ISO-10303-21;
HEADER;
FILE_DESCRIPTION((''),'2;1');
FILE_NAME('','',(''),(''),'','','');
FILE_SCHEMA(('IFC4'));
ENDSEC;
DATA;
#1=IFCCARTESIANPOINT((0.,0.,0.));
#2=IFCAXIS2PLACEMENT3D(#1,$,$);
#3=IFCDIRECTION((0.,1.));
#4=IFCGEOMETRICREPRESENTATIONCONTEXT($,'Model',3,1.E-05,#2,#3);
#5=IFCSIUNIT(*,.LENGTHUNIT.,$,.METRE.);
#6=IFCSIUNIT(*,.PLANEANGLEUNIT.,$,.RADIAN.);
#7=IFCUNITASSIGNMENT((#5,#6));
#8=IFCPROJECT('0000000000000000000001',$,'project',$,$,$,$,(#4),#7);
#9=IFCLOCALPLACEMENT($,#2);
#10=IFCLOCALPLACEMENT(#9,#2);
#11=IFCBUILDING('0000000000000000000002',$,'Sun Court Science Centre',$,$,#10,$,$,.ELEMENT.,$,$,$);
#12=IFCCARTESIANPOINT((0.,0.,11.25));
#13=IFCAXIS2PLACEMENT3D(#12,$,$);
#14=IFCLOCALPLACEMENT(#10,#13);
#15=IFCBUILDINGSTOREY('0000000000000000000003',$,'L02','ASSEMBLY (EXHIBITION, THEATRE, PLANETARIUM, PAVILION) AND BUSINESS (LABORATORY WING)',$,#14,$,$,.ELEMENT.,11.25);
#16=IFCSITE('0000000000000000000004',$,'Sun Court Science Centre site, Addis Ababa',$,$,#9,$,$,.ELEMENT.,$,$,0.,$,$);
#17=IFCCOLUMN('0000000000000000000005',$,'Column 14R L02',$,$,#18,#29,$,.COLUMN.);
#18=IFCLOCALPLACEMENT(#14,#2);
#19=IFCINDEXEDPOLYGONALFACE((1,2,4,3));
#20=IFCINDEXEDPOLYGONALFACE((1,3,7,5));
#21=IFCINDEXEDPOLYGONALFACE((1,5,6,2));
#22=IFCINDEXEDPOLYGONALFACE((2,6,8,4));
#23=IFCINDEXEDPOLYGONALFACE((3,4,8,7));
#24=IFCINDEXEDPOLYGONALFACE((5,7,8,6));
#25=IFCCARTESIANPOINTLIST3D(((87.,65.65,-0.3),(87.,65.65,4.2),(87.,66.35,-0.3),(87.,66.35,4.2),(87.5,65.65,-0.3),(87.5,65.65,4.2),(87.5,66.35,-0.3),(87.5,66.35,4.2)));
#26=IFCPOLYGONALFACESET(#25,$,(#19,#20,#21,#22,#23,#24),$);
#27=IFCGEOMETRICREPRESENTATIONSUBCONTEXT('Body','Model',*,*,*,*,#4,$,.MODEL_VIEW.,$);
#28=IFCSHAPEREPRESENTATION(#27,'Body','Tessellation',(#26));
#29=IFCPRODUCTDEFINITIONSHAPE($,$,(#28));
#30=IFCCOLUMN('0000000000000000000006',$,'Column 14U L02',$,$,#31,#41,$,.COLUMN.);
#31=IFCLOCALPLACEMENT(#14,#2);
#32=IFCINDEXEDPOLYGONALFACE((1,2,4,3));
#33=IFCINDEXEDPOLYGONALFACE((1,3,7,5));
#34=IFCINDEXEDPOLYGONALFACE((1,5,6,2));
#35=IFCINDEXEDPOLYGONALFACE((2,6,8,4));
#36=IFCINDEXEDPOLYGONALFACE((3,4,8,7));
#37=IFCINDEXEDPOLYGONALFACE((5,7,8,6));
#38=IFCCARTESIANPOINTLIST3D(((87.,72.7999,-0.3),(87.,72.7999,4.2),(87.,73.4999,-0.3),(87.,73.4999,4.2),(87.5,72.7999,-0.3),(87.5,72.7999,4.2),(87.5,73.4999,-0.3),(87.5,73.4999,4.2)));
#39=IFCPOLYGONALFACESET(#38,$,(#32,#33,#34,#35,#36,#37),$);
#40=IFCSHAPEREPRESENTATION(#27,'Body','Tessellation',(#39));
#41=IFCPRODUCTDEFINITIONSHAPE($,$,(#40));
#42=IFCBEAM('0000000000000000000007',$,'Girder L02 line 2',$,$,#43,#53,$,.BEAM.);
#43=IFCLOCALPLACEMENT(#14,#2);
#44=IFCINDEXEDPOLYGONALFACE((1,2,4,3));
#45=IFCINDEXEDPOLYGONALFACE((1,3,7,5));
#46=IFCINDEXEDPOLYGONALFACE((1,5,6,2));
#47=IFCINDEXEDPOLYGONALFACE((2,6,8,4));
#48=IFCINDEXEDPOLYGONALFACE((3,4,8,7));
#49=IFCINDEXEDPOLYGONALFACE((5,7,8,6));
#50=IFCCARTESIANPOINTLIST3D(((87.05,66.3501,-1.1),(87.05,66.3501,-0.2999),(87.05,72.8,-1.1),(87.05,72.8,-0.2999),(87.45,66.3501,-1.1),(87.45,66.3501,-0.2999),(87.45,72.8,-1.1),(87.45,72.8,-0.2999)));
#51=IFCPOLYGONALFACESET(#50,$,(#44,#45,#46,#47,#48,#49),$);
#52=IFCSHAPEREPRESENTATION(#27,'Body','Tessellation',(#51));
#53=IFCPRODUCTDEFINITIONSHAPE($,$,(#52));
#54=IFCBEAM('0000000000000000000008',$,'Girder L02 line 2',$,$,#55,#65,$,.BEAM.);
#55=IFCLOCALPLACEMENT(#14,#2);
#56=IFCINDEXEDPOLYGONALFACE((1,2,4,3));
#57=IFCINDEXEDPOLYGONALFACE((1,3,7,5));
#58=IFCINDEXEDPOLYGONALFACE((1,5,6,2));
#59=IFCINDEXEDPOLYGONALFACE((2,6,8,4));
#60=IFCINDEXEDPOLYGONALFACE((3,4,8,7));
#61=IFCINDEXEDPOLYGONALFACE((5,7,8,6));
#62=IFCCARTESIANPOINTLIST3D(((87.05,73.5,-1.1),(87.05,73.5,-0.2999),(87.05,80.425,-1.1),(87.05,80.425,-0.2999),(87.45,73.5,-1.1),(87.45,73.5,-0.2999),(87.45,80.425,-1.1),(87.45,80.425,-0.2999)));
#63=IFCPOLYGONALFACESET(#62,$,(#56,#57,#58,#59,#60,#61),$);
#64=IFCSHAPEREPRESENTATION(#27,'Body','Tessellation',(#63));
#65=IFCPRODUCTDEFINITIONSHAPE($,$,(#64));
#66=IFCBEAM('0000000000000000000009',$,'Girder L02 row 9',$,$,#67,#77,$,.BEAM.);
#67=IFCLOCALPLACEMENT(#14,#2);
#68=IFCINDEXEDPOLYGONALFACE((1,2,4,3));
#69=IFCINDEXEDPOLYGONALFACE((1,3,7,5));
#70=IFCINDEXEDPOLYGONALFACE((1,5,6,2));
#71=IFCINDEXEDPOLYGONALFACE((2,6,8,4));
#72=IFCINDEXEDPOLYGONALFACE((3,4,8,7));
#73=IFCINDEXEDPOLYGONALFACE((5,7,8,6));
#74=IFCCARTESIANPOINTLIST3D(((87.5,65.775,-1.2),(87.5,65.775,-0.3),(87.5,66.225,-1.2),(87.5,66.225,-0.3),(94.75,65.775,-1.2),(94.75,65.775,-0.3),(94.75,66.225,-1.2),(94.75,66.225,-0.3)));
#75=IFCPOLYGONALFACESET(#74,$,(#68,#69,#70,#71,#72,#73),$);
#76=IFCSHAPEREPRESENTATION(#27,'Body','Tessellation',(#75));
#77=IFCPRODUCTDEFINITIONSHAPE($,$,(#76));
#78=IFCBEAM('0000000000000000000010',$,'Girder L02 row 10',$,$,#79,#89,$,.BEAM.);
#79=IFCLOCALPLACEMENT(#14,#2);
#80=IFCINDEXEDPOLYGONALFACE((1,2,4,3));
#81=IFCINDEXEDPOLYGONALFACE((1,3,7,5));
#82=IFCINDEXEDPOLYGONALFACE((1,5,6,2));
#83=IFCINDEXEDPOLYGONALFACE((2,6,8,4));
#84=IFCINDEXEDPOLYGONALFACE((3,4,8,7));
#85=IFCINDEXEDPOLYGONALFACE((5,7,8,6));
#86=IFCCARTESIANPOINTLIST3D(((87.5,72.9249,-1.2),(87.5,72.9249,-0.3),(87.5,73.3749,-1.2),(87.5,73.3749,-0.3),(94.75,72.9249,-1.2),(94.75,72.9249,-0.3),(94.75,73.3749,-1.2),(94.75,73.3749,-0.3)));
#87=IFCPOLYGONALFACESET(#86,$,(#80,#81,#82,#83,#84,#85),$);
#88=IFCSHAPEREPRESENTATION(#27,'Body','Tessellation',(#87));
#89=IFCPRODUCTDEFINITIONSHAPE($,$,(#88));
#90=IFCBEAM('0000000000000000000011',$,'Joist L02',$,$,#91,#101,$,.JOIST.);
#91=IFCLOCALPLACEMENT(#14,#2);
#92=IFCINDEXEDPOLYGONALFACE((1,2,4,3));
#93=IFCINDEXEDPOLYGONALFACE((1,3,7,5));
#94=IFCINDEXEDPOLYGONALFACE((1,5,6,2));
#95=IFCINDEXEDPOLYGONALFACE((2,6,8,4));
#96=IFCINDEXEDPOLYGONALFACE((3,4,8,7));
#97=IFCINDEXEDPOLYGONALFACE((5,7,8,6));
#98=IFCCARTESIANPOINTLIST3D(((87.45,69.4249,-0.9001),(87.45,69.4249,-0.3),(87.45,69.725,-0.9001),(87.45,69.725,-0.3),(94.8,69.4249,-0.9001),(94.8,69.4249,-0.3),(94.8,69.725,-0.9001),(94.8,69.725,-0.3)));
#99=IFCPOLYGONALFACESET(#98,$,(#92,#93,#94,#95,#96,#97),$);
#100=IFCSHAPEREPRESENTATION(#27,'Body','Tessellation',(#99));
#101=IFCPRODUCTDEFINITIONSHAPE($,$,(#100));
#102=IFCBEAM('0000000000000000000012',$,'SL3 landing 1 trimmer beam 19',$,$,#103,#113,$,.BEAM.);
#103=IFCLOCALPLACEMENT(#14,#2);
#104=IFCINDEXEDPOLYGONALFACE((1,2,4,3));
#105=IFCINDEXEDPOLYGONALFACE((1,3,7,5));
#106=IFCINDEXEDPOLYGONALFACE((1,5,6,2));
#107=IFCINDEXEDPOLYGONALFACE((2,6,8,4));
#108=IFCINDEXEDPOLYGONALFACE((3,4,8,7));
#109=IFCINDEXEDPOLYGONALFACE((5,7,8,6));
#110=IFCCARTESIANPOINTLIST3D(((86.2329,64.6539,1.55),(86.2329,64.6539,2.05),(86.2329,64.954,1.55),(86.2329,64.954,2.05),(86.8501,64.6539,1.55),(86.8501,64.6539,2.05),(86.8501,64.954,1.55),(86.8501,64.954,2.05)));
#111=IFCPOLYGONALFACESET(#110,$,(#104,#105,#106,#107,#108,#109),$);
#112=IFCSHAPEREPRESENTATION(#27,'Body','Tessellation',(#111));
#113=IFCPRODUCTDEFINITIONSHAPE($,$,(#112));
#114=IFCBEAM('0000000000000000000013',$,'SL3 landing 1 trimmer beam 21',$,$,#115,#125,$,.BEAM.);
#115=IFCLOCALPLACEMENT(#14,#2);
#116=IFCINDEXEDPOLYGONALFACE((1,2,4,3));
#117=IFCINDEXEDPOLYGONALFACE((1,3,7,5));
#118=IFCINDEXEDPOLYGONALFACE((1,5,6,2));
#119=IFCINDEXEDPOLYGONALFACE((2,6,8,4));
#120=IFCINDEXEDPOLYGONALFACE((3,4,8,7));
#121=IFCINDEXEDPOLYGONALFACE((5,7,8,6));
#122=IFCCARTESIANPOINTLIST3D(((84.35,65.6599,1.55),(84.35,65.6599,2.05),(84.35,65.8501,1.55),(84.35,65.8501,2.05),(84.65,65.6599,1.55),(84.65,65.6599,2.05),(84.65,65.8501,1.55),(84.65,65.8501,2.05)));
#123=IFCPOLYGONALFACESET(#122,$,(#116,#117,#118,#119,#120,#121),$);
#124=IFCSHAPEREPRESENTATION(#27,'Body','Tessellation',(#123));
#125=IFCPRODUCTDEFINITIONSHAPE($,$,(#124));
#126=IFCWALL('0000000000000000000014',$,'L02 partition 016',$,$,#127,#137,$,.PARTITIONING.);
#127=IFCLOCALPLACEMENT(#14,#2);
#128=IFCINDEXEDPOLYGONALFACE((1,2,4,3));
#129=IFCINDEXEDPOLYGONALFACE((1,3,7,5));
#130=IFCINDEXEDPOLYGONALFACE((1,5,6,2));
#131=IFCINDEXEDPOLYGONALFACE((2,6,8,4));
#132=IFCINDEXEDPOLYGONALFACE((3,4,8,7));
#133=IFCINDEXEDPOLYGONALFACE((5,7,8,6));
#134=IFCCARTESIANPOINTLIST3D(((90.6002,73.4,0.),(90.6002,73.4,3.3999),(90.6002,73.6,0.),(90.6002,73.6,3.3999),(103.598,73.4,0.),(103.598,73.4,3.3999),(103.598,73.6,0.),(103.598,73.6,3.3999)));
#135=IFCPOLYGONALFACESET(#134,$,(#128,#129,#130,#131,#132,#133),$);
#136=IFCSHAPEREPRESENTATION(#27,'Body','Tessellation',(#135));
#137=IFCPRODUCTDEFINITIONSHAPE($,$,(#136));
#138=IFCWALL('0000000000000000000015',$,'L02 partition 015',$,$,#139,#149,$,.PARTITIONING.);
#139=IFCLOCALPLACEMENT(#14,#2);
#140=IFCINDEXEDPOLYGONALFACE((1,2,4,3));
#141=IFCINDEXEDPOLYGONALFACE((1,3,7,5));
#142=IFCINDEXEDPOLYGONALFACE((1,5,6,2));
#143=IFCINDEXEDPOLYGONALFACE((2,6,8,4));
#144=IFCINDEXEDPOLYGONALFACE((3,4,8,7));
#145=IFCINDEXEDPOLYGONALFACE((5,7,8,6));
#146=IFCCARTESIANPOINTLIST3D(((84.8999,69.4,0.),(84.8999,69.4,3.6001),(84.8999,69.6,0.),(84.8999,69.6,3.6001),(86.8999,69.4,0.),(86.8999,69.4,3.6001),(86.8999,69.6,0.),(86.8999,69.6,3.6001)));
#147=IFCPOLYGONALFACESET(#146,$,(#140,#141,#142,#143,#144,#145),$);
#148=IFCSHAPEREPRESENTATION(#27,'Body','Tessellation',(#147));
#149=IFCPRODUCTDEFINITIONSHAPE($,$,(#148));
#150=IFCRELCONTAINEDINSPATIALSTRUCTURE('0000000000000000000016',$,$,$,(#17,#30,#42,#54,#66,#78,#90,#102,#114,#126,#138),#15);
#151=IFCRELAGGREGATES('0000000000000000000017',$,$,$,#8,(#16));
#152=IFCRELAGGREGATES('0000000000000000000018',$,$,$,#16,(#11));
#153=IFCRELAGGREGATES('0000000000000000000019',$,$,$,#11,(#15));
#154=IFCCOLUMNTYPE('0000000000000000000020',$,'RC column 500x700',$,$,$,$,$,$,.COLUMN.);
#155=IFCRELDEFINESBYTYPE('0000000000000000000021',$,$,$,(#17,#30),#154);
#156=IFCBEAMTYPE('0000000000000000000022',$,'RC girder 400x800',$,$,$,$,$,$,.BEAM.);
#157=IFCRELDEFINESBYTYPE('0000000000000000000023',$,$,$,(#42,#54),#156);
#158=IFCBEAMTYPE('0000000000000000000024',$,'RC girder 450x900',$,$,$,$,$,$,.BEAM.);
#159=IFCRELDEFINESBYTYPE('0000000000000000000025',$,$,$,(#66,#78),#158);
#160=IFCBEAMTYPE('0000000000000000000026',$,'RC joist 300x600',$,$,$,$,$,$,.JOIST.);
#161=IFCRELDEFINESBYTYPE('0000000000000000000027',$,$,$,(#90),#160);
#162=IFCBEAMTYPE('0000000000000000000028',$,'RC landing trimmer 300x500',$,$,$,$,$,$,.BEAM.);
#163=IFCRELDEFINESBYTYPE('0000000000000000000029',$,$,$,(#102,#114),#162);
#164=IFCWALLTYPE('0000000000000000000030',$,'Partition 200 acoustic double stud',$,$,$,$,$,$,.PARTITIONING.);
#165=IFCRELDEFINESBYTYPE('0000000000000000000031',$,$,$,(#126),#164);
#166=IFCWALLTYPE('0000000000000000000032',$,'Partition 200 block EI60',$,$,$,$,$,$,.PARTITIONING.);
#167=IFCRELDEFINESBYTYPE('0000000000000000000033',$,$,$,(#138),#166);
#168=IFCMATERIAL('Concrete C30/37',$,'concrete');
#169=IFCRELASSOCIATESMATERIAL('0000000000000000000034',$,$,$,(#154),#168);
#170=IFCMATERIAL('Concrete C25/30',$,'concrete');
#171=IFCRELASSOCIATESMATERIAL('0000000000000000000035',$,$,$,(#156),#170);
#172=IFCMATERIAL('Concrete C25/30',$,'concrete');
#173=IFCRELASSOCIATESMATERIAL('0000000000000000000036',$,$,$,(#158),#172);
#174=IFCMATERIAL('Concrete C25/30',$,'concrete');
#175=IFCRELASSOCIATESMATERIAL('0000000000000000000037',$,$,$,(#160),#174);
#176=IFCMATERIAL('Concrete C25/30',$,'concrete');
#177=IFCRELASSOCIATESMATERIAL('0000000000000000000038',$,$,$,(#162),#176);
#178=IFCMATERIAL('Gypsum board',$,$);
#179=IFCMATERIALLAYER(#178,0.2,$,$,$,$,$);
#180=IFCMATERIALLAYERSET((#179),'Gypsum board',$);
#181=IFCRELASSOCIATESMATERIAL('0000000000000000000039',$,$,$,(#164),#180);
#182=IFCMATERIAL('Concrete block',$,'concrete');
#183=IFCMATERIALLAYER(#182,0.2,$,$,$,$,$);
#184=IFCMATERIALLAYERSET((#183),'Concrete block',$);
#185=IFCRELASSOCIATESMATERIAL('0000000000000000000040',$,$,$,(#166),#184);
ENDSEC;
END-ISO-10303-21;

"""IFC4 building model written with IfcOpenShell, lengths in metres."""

from ifc_helpers import new_model, si_unit, direction, frame, frame_2d, origin, origin_2d, place, context, subcontext, project, spatial, rectangle, extrude, material, layer, layer_set, material_profile, profile_set, type_object, element, save


model = new_model("IFC4")

# Units and contexts
model_context = context("Model", 3, precision=1e-05, world=origin(), true_north=direction((0.0, 1.0)))
body_context = subcontext(model_context, "Body", "Model", "MODEL_VIEW")
ifc_project = project(units=[si_unit("LENGTHUNIT", "METRE"), si_unit("PLANEANGLEUNIT", "RADIAN")], contexts=[model_context])

# Site, building, storey
site_placement = place(None, origin())
site = spatial("IfcSite", under=ifc_project, at=site_placement, Name="Sun Court Science Centre site, Addis Ababa", CompositionType="ELEMENT", RefElevation=0.0)
building_placement = place(site_placement, origin())
building = spatial("IfcBuilding", under=site, at=building_placement, Name="Sun Court Science Centre", CompositionType="ELEMENT")
storey_placement = place(building_placement, frame((0.0, 0.0, 11.25)))
storey = spatial("IfcBuildingStorey", under=building, at=storey_placement, Name="L02", Description="ASSEMBLY (EXHIBITION, THEATRE, PLANETARIUM, PAVILION) AND BUSINESS (LABORATORY WING)", CompositionType="ELEMENT", Elevation=11.25)

# Columns
ifc_material_1 = material(Name="Concrete C30/37", Category="concrete")
ifc_material_profile_1 = material_profile(ifc_material_1, rectangle(XDim=0.5, YDim=0.7, at=origin_2d()), Name="RC 500x700")
ifc_profile_set_1 = profile_set([ifc_material_profile_1], Name="Concrete C30/37")
column_type = type_object("IfcColumnType", Name="RC column 500x700", PredefinedType="COLUMN", material=ifc_profile_set_1)
for number, where, z_axis, x_axis, name in (
    (1, (87.25, 66.0, -0.3), (0.0, 0.0, 1.0), (1.0, 0.0, 0.0), "Column 14R L02"),
    (2, (87.25, 73.1499, -0.3), (0.0, 0.0, 1.0), (1.0, 0.0, 0.0), "Column 14U L02"),
):
    element("IfcColumn", number, at=place(storey_placement, frame(where, z_axis=z_axis, x_axis=x_axis)), inside=storey, type_object=column_type, Name=name, PredefinedType="COLUMN", context=body_context, shape_type="SweptSolid", body=[
        extrude(rectangle(XDim=0.5, YDim=0.7, at=origin_2d()), origin(), (0.0, 0.0, 1.0), 4.5),
    ])

# Beams
ifc_material_2 = material(Name="Concrete C25/30", Category="concrete")
ifc_material_profile_2 = material_profile(ifc_material_2, rectangle(XDim=0.3999, YDim=0.8, at=origin_2d()), Name="RC 400x800")
ifc_profile_set_2 = profile_set([ifc_material_profile_2], Name="Concrete C25/30")
beam_type_1 = type_object("IfcBeamType", Name="RC girder 400x800", PredefinedType="BEAM", material=ifc_profile_set_2)
beam_1_placement = place(storey_placement, frame((87.25, 66.3501, -0.7), z_axis=(0.0, 1.0, 0.0), x_axis=(-1.0, 0.0, 0.0)))
element("IfcBeam", 3, at=beam_1_placement, inside=storey, type_object=beam_type_1, Name="Girder L02 line 2", PredefinedType="BEAM", context=body_context, shape_type="SweptSolid", body=[
    extrude(rectangle(XDim=0.3999, YDim=0.8, at=origin_2d()), origin(), (0.0, 0.0, 1.0), 6.45),
])
beam_2_placement = place(storey_placement, frame((87.25, 73.5, -0.7), z_axis=(0.0, 1.0, 0.0), x_axis=(-1.0, 0.0, 0.0)))
element("IfcBeam", 4, at=beam_2_placement, inside=storey, type_object=beam_type_1, Name="Girder L02 line 2", PredefinedType="BEAM", context=body_context, shape_type="SweptSolid", body=[
    extrude(rectangle(XDim=0.3999, YDim=0.8, at=origin_2d()), origin(), (0.0, 0.0, 1.0), 6.925),
])
ifc_material_3 = material(Name="Concrete C25/30", Category="concrete")
ifc_material_profile_3 = material_profile(ifc_material_3, rectangle(XDim=0.45, YDim=0.8999, at=origin_2d()), Name="RC 450x900")
ifc_profile_set_3 = profile_set([ifc_material_profile_3], Name="Concrete C25/30")
beam_type_2 = type_object("IfcBeamType", Name="RC girder 450x900", PredefinedType="BEAM", material=ifc_profile_set_3)
for number, where, z_axis, x_axis, name in (
    (5, (87.5, 66.0, -0.75), (1.0, 0.0, 0.0), (0.0, 1.0, 0.0), "Girder L02 row 9"),
    (6, (87.5, 73.1499, -0.75), (1.0, 0.0, 0.0), (0.0, 1.0, 0.0), "Girder L02 row 10"),
):
    element("IfcBeam", number, at=place(storey_placement, frame(where, z_axis=z_axis, x_axis=x_axis)), inside=storey, type_object=beam_type_2, Name=name, PredefinedType="BEAM", context=body_context, shape_type="SweptSolid", body=[
        extrude(rectangle(XDim=0.45, YDim=0.8999, at=origin_2d()), origin(), (0.0, 0.0, 1.0), 7.25),
    ])
ifc_material_4 = material(Name="Concrete C25/30", Category="concrete")
ifc_material_profile_4 = material_profile(ifc_material_4, rectangle(XDim=0.3, YDim=0.6001, at=origin_2d()), Name="RC 300x600")
ifc_profile_set_4 = profile_set([ifc_material_profile_4], Name="Concrete C25/30")
beam_type_3 = type_object("IfcBeamType", Name="RC joist 300x600", PredefinedType="JOIST", material=ifc_profile_set_4)
beam_3_placement = place(storey_placement, frame((87.45, 69.575, -0.6001), z_axis=(1.0, 0.0, 0.0), x_axis=(0.0, 1.0, 0.0)))
element("IfcBeam", 7, at=beam_3_placement, inside=storey, type_object=beam_type_3, Name="Joist L02", PredefinedType="JOIST", context=body_context, shape_type="SweptSolid", body=[
    extrude(rectangle(XDim=0.3, YDim=0.6001, at=origin_2d()), origin(), (0.0, 0.0, 1.0), 7.3501),
])
ifc_material_5 = material(Name="Concrete C25/30", Category="concrete")
ifc_material_profile_5 = material_profile(ifc_material_5, rectangle(XDim=0.3, YDim=0.5, at=origin_2d()), Name="RC 300x500")
ifc_profile_set_5 = profile_set([ifc_material_profile_5], Name="Concrete C25/30")
beam_type_4 = type_object("IfcBeamType", Name="RC landing trimmer 300x500", PredefinedType="BEAM", material=ifc_profile_set_5)
beam_4_placement = place(storey_placement, frame((86.8501, 64.804, 1.8), z_axis=(-1.0, 0.0, 0.0), x_axis=(0.0, -1.0, 0.0)))
element("IfcBeam", 8, at=beam_4_placement, inside=storey, type_object=beam_type_4, Name="SL3 landing 1 trimmer beam 19", PredefinedType="BEAM", context=body_context, shape_type="SweptSolid", body=[
    extrude(rectangle(XDim=0.3, YDim=0.5, at=origin_2d()), origin(), (0.0, 0.0, 1.0), 0.6172),
])
beam_5_placement = place(storey_placement, frame((84.5, 65.8501, 1.8), z_axis=(0.0, -1.0, 0.0), x_axis=(1.0, 0.0, 0.0)))
element("IfcBeam", 9, at=beam_5_placement, inside=storey, type_object=beam_type_4, Name="SL3 landing 1 trimmer beam 21", PredefinedType="BEAM", context=body_context, shape_type="SweptSolid", body=[
    extrude(rectangle(XDim=0.3, YDim=0.5, at=origin_2d()), origin(), (0.0, 0.0, 1.0), 0.1902),
])

# Walls
ifc_material_6 = material(Name="Gypsum board")
ifc_layer_1 = layer(ifc_material_6, 0.2)
ifc_layer_set_1 = layer_set([ifc_layer_1], Name="Gypsum board")
wall_type_1 = type_object("IfcWallType", Name="Partition 200 acoustic double stud", PredefinedType="PARTITIONING", material=ifc_layer_set_1)
wall_1_placement = place(storey_placement, frame((90.6001, 73.5, 0.0), z_axis=(0.0, 0.0, 1.0), x_axis=(1.0, 0.0, 0.0)))
element("IfcWall", 10, at=wall_1_placement, inside=storey, type_object=wall_type_1, Name="L02 partition 016", PredefinedType="PARTITIONING", context=body_context, shape_type="SweptSolid", body=[
    extrude(rectangle(XDim=12.9978, YDim=0.2, at=frame_2d((6.499, 0.0))), origin(), (0.0, 0.0, 1.0), 3.3999),
])
ifc_material_7 = material(Name="Concrete block", Category="concrete")
ifc_layer_2 = layer(ifc_material_7, 0.2)
ifc_layer_set_2 = layer_set([ifc_layer_2], Name="Concrete block")
wall_type_2 = type_object("IfcWallType", Name="Partition 200 block EI60", PredefinedType="PARTITIONING", material=ifc_layer_set_2)
wall_2_placement = place(storey_placement, frame((84.8999, 69.5, 0.0), z_axis=(0.0, 0.0, 1.0), x_axis=(1.0, 0.0, 0.0)))
element("IfcWall", 11, at=wall_2_placement, inside=storey, type_object=wall_type_2, Name="L02 partition 015", PredefinedType="PARTITIONING", context=body_context, shape_type="SweptSolid", body=[
    extrude(rectangle(XDim=2.0, YDim=0.2, at=frame_2d((1.0, 0.0))), origin(), (0.0, 0.0, 1.0), 3.6001),
])

save(model, "model.ifc")
